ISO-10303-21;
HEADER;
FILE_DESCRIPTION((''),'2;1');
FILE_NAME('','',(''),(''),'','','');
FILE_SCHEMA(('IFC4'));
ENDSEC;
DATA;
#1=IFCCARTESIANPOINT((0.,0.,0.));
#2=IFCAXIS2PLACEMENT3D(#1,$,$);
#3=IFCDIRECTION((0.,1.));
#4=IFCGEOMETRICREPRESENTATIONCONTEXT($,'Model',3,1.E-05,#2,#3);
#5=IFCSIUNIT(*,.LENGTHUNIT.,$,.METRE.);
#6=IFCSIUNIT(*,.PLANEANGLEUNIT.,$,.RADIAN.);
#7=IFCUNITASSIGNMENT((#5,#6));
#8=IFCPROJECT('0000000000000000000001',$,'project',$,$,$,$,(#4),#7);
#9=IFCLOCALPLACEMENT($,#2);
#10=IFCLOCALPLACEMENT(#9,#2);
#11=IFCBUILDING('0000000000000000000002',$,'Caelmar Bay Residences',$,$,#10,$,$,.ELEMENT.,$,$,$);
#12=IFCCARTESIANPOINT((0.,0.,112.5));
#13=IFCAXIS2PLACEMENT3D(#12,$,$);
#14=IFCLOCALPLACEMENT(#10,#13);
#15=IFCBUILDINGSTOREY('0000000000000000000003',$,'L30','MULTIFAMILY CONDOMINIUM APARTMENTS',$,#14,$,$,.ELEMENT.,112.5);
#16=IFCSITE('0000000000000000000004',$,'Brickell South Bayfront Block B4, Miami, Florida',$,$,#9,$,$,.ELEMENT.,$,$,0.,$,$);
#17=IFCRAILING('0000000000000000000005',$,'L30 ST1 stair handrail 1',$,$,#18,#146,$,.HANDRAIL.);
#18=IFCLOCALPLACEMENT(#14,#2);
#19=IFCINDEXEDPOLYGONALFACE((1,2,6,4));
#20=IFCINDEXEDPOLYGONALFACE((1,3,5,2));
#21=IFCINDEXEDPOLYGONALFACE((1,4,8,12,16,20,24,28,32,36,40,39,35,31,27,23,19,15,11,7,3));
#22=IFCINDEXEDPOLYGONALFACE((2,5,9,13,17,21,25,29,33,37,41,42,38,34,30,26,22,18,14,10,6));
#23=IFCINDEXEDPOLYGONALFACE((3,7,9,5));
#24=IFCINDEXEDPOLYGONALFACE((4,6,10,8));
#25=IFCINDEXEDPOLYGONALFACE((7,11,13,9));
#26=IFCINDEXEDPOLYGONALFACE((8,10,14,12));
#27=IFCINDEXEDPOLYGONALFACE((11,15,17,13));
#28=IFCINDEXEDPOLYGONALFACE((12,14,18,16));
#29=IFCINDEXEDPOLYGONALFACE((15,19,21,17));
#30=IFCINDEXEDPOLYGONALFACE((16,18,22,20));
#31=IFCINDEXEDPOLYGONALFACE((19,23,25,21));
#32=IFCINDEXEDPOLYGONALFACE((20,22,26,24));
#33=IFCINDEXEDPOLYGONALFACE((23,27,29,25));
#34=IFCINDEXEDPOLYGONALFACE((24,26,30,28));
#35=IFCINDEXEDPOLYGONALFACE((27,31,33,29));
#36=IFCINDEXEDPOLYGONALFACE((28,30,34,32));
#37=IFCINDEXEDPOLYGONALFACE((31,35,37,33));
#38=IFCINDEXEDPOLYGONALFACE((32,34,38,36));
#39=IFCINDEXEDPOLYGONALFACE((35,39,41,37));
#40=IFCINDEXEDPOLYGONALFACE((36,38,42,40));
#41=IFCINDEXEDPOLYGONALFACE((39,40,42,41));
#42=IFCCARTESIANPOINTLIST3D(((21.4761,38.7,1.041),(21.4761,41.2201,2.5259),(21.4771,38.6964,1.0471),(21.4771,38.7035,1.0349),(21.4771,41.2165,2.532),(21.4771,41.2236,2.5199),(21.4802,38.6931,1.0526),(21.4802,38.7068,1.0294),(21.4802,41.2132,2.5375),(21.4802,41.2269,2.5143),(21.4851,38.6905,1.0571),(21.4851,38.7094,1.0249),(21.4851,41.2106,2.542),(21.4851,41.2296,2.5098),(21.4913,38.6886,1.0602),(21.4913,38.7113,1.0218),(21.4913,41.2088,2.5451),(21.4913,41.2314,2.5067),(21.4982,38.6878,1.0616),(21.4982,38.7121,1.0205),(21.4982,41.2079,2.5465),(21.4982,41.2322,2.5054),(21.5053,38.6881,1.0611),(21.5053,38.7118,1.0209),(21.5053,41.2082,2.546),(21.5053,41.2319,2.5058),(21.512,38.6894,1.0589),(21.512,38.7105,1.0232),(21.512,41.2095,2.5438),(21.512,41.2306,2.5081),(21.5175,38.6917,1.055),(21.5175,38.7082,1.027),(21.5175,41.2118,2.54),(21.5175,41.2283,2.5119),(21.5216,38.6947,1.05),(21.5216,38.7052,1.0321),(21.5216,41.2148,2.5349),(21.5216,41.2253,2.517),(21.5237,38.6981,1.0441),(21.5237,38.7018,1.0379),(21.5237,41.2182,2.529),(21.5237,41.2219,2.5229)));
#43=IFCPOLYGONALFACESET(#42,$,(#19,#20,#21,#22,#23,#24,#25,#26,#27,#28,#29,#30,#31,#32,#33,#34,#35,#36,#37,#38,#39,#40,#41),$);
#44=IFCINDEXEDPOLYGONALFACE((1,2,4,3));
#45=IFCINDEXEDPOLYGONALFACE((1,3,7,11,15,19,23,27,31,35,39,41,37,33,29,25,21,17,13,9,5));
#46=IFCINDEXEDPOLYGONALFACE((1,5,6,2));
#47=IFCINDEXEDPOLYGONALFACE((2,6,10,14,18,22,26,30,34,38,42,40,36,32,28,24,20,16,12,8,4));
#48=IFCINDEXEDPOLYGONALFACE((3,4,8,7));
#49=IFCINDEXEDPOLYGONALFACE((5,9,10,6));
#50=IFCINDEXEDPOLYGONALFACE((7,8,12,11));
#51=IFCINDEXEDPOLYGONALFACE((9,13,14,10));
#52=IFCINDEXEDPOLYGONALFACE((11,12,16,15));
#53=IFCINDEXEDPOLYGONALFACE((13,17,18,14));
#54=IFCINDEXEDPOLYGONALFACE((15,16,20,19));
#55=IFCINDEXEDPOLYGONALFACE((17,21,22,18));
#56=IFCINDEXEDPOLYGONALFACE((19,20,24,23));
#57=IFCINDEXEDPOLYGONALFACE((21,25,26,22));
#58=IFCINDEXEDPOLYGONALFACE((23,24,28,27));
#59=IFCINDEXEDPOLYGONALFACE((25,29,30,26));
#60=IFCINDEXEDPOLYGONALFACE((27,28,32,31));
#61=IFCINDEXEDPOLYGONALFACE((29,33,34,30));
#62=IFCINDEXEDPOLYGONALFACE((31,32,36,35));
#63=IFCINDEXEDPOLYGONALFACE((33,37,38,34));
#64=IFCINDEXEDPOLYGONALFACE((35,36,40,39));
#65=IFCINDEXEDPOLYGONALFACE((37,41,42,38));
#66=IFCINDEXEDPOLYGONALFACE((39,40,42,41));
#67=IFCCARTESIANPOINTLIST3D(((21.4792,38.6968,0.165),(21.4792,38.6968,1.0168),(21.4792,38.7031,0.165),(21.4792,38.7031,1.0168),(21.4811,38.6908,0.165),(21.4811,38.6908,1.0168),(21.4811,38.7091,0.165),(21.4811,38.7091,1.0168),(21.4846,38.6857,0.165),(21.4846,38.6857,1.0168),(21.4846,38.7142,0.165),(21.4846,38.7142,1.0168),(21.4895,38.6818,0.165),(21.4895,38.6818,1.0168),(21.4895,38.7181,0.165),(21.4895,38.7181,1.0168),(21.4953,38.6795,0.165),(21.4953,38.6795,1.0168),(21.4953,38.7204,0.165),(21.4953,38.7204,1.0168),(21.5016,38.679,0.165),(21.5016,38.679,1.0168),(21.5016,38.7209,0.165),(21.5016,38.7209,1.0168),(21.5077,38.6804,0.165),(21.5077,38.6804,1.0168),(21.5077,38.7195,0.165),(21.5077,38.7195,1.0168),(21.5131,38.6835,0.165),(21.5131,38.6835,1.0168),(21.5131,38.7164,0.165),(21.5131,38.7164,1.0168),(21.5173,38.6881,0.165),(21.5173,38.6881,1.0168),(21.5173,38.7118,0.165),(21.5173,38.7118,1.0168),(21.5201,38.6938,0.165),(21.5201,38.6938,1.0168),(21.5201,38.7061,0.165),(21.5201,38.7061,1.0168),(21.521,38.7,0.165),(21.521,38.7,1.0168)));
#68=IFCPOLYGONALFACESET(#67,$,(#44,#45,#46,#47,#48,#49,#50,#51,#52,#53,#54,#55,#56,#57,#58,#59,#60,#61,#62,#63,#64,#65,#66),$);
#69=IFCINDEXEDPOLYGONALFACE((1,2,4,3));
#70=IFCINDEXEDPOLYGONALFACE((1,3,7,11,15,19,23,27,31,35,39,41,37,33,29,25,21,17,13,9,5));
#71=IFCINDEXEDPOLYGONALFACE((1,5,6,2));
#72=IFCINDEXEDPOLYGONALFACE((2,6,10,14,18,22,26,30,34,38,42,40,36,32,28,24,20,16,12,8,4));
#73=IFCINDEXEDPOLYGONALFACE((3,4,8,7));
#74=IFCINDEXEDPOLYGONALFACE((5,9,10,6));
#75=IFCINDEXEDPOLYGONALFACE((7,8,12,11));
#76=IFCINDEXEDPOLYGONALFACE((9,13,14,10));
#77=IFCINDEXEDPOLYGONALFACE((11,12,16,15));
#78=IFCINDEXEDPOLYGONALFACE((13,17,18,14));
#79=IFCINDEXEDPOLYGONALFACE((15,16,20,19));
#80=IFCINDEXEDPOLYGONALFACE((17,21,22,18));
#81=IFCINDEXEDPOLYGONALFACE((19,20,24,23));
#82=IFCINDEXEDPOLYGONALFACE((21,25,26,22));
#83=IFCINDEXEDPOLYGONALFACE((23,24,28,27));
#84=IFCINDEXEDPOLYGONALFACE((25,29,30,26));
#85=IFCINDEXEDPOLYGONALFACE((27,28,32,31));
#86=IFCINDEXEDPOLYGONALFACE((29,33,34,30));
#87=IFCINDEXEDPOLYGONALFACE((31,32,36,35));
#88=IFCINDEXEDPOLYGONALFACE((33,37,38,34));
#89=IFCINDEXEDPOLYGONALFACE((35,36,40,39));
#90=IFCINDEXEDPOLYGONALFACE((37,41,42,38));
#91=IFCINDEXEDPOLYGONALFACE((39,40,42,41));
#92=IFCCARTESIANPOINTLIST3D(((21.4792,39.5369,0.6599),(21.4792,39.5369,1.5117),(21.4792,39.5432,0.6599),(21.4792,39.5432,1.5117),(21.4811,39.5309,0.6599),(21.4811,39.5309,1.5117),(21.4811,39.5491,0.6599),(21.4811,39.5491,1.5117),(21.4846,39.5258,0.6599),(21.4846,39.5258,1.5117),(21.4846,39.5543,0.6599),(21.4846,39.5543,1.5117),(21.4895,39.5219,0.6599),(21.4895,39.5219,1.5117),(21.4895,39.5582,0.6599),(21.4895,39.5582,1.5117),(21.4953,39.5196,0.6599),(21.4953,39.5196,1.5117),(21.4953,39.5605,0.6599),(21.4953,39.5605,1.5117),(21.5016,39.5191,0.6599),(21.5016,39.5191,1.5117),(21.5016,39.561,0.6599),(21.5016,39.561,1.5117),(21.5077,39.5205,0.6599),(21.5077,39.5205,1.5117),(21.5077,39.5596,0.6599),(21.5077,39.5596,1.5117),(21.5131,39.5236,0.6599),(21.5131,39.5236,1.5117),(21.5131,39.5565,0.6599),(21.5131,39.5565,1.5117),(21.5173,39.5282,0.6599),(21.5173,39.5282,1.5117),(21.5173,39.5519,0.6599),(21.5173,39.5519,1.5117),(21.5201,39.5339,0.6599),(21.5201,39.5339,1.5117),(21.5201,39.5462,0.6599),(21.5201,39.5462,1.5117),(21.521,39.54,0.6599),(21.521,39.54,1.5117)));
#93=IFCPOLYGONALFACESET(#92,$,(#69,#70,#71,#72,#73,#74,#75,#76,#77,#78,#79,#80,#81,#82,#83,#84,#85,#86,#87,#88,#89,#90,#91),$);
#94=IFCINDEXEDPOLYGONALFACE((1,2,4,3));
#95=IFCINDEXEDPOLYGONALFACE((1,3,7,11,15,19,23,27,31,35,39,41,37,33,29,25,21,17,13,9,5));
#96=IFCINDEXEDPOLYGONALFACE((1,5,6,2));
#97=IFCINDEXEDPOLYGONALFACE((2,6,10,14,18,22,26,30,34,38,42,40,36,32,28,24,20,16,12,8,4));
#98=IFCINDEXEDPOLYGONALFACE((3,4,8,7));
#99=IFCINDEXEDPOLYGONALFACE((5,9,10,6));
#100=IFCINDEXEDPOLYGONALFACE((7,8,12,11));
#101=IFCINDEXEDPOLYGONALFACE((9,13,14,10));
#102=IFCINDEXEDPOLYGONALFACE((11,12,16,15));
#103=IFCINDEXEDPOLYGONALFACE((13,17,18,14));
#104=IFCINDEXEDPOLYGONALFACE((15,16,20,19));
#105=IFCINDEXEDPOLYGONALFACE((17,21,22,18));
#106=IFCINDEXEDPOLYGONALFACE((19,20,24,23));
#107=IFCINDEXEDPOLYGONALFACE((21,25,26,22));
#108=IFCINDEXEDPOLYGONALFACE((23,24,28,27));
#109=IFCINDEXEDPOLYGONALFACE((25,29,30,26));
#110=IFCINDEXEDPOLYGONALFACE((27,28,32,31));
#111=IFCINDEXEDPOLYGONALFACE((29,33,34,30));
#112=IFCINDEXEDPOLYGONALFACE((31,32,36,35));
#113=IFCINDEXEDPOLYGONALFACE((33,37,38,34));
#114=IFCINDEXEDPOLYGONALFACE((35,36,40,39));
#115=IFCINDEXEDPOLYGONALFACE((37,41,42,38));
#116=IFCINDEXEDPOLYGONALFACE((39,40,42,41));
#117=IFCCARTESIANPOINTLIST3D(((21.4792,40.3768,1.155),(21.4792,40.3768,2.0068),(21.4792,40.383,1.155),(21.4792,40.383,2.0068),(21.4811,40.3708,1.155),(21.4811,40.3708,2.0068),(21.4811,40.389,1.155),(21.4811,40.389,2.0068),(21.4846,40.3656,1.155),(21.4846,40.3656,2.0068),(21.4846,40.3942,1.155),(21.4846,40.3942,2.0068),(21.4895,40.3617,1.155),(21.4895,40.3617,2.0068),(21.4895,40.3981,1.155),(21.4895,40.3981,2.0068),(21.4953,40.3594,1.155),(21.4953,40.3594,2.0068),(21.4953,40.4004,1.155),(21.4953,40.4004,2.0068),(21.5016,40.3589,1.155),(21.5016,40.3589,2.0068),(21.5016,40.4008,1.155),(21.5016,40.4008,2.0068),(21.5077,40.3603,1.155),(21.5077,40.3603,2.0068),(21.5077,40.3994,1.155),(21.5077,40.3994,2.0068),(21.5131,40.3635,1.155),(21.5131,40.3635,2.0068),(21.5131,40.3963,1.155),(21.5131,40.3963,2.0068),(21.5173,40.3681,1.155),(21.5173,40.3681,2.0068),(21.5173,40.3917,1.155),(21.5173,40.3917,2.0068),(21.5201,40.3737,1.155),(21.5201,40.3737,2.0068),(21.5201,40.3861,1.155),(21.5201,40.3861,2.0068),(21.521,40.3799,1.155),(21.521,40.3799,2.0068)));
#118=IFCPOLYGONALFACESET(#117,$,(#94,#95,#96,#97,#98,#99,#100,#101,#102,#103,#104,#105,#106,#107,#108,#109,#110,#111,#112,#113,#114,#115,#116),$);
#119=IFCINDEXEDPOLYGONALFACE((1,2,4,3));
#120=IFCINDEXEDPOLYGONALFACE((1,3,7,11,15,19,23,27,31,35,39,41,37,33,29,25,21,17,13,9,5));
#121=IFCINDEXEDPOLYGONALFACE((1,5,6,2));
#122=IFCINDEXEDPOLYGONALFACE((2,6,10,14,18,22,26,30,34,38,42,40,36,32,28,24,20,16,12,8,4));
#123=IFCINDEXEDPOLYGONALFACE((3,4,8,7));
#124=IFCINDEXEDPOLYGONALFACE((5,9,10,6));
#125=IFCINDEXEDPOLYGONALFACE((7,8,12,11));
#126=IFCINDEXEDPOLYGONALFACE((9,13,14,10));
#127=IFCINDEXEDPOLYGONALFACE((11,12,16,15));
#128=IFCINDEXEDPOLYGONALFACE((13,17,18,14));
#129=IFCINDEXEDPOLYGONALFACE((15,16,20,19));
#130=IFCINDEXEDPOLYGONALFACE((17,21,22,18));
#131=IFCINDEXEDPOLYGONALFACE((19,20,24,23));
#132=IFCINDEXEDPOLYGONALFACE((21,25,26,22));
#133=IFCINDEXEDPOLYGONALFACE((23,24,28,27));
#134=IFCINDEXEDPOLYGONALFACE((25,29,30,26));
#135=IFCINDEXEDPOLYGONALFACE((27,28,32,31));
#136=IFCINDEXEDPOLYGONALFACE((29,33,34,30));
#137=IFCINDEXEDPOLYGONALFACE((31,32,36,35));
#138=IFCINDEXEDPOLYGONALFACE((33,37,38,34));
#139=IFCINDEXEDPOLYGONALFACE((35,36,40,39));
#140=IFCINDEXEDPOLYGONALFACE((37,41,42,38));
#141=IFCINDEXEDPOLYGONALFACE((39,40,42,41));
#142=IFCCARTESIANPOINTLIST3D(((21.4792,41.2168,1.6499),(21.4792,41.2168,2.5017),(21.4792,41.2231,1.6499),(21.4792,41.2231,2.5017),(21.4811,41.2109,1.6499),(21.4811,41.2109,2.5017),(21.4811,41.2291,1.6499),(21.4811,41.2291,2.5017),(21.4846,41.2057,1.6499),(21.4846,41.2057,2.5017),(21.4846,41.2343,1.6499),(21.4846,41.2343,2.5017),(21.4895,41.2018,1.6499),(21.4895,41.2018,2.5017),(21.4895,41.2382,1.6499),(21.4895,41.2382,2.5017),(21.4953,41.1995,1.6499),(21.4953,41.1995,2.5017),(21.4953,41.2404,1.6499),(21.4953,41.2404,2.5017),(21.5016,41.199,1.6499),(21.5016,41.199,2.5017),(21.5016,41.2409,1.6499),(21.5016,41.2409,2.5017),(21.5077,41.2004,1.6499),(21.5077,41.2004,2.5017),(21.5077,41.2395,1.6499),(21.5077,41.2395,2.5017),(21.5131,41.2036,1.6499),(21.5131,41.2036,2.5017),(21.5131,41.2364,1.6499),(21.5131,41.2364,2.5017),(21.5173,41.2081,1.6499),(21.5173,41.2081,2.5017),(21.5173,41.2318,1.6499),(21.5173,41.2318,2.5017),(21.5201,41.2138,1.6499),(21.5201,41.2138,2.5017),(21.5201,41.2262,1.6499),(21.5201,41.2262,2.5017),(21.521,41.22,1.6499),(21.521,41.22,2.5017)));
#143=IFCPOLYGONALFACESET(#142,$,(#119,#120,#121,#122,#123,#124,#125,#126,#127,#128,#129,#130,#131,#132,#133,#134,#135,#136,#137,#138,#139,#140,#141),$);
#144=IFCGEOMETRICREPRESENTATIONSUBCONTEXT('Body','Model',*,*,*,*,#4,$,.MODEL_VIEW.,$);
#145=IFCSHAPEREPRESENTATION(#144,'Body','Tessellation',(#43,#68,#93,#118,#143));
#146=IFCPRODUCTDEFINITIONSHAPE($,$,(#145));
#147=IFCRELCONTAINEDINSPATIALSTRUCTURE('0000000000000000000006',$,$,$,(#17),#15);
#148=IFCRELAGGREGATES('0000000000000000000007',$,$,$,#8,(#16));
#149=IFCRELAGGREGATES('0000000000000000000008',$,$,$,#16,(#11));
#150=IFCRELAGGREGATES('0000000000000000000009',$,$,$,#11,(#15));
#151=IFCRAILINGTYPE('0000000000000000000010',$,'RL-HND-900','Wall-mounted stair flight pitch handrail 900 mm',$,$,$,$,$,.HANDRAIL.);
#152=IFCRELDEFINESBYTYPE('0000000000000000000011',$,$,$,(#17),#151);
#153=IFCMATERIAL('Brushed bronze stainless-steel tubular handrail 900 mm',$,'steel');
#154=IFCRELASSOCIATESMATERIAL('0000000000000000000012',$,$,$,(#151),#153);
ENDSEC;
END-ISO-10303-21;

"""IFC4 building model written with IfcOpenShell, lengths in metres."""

from ifc_helpers import new_model, si_unit, direction, frame, origin, origin_2d, place, context, subcontext, project, spatial, circle, extrude, material, type_object, element, save


model = new_model("IFC4")

# Units and contexts
model_context = context("Model", 3, precision=1e-05, world=origin(), true_north=direction((0.0, 1.0)))
body_context = subcontext(model_context, "Body", "Model", "MODEL_VIEW")
ifc_project = project(units=[si_unit("LENGTHUNIT", "METRE"), si_unit("PLANEANGLEUNIT", "RADIAN")], contexts=[model_context])

# Site, building, storey
site_placement = place(None, origin())
site = spatial("IfcSite", under=ifc_project, at=site_placement, Name="Brickell South Bayfront Block B4, Miami, Florida", CompositionType="ELEMENT", RefElevation=0.0)
building_placement = place(site_placement, origin())
building = spatial("IfcBuilding", under=site, at=building_placement, Name="Caelmar Bay Residences", CompositionType="ELEMENT")
storey_placement = place(building_placement, frame((0.0, 0.0, 112.5)))
storey = spatial("IfcBuildingStorey", under=building, at=storey_placement, Name="L30", Description="MULTIFAMILY CONDOMINIUM APARTMENTS", CompositionType="ELEMENT", Elevation=112.5)

# Railing
ifc_material_1 = material(Name="Brushed bronze stainless-steel tubular handrail 900 mm", Category="steel")
railing_type_1 = type_object("IfcRailingType", Name="RL-HND-900", Description="Wall-mounted stair flight pitch handrail 900 mm", PredefinedType="HANDRAIL", material=ifc_material_1)
railing_1_placement = place(storey_placement, frame((21.5, 38.7, 0.165)))
element("IfcRailing", 1, at=railing_1_placement, inside=storey, type_object=railing_type_1, Name="L30 ST1 stair handrail 1", PredefinedType="HANDRAIL", context=body_context, shape_type="SweptSolid", body=[
    extrude(circle(Radius=0.0239, at=origin_2d()), frame((0.0, 0.0, 0.876), z_axis=(0.0, 0.861561, 0.507655), x_axis=(-1.0, 0.0, 0.0)), (0.0, 0.0, 1.0), 2.925),
    extrude(circle(Radius=0.021, at=origin_2d()), origin(), (0.0, 0.0, 1.0), 0.8518),
    extrude(circle(Radius=0.021, at=origin_2d()), frame((0.0, 0.8401, 0.4949)), (0.0, 0.0, 1.0), 0.8518),
    extrude(circle(Radius=0.021, at=origin_2d()), frame((0.0, 1.6799, 0.99)), (0.0, 0.0, 1.0), 0.8518),
    extrude(circle(Radius=0.021, at=origin_2d()), frame((0.0, 2.52, 1.4849)), (0.0, 0.0, 1.0), 0.8518),
])

save(model, "model.ifc")
